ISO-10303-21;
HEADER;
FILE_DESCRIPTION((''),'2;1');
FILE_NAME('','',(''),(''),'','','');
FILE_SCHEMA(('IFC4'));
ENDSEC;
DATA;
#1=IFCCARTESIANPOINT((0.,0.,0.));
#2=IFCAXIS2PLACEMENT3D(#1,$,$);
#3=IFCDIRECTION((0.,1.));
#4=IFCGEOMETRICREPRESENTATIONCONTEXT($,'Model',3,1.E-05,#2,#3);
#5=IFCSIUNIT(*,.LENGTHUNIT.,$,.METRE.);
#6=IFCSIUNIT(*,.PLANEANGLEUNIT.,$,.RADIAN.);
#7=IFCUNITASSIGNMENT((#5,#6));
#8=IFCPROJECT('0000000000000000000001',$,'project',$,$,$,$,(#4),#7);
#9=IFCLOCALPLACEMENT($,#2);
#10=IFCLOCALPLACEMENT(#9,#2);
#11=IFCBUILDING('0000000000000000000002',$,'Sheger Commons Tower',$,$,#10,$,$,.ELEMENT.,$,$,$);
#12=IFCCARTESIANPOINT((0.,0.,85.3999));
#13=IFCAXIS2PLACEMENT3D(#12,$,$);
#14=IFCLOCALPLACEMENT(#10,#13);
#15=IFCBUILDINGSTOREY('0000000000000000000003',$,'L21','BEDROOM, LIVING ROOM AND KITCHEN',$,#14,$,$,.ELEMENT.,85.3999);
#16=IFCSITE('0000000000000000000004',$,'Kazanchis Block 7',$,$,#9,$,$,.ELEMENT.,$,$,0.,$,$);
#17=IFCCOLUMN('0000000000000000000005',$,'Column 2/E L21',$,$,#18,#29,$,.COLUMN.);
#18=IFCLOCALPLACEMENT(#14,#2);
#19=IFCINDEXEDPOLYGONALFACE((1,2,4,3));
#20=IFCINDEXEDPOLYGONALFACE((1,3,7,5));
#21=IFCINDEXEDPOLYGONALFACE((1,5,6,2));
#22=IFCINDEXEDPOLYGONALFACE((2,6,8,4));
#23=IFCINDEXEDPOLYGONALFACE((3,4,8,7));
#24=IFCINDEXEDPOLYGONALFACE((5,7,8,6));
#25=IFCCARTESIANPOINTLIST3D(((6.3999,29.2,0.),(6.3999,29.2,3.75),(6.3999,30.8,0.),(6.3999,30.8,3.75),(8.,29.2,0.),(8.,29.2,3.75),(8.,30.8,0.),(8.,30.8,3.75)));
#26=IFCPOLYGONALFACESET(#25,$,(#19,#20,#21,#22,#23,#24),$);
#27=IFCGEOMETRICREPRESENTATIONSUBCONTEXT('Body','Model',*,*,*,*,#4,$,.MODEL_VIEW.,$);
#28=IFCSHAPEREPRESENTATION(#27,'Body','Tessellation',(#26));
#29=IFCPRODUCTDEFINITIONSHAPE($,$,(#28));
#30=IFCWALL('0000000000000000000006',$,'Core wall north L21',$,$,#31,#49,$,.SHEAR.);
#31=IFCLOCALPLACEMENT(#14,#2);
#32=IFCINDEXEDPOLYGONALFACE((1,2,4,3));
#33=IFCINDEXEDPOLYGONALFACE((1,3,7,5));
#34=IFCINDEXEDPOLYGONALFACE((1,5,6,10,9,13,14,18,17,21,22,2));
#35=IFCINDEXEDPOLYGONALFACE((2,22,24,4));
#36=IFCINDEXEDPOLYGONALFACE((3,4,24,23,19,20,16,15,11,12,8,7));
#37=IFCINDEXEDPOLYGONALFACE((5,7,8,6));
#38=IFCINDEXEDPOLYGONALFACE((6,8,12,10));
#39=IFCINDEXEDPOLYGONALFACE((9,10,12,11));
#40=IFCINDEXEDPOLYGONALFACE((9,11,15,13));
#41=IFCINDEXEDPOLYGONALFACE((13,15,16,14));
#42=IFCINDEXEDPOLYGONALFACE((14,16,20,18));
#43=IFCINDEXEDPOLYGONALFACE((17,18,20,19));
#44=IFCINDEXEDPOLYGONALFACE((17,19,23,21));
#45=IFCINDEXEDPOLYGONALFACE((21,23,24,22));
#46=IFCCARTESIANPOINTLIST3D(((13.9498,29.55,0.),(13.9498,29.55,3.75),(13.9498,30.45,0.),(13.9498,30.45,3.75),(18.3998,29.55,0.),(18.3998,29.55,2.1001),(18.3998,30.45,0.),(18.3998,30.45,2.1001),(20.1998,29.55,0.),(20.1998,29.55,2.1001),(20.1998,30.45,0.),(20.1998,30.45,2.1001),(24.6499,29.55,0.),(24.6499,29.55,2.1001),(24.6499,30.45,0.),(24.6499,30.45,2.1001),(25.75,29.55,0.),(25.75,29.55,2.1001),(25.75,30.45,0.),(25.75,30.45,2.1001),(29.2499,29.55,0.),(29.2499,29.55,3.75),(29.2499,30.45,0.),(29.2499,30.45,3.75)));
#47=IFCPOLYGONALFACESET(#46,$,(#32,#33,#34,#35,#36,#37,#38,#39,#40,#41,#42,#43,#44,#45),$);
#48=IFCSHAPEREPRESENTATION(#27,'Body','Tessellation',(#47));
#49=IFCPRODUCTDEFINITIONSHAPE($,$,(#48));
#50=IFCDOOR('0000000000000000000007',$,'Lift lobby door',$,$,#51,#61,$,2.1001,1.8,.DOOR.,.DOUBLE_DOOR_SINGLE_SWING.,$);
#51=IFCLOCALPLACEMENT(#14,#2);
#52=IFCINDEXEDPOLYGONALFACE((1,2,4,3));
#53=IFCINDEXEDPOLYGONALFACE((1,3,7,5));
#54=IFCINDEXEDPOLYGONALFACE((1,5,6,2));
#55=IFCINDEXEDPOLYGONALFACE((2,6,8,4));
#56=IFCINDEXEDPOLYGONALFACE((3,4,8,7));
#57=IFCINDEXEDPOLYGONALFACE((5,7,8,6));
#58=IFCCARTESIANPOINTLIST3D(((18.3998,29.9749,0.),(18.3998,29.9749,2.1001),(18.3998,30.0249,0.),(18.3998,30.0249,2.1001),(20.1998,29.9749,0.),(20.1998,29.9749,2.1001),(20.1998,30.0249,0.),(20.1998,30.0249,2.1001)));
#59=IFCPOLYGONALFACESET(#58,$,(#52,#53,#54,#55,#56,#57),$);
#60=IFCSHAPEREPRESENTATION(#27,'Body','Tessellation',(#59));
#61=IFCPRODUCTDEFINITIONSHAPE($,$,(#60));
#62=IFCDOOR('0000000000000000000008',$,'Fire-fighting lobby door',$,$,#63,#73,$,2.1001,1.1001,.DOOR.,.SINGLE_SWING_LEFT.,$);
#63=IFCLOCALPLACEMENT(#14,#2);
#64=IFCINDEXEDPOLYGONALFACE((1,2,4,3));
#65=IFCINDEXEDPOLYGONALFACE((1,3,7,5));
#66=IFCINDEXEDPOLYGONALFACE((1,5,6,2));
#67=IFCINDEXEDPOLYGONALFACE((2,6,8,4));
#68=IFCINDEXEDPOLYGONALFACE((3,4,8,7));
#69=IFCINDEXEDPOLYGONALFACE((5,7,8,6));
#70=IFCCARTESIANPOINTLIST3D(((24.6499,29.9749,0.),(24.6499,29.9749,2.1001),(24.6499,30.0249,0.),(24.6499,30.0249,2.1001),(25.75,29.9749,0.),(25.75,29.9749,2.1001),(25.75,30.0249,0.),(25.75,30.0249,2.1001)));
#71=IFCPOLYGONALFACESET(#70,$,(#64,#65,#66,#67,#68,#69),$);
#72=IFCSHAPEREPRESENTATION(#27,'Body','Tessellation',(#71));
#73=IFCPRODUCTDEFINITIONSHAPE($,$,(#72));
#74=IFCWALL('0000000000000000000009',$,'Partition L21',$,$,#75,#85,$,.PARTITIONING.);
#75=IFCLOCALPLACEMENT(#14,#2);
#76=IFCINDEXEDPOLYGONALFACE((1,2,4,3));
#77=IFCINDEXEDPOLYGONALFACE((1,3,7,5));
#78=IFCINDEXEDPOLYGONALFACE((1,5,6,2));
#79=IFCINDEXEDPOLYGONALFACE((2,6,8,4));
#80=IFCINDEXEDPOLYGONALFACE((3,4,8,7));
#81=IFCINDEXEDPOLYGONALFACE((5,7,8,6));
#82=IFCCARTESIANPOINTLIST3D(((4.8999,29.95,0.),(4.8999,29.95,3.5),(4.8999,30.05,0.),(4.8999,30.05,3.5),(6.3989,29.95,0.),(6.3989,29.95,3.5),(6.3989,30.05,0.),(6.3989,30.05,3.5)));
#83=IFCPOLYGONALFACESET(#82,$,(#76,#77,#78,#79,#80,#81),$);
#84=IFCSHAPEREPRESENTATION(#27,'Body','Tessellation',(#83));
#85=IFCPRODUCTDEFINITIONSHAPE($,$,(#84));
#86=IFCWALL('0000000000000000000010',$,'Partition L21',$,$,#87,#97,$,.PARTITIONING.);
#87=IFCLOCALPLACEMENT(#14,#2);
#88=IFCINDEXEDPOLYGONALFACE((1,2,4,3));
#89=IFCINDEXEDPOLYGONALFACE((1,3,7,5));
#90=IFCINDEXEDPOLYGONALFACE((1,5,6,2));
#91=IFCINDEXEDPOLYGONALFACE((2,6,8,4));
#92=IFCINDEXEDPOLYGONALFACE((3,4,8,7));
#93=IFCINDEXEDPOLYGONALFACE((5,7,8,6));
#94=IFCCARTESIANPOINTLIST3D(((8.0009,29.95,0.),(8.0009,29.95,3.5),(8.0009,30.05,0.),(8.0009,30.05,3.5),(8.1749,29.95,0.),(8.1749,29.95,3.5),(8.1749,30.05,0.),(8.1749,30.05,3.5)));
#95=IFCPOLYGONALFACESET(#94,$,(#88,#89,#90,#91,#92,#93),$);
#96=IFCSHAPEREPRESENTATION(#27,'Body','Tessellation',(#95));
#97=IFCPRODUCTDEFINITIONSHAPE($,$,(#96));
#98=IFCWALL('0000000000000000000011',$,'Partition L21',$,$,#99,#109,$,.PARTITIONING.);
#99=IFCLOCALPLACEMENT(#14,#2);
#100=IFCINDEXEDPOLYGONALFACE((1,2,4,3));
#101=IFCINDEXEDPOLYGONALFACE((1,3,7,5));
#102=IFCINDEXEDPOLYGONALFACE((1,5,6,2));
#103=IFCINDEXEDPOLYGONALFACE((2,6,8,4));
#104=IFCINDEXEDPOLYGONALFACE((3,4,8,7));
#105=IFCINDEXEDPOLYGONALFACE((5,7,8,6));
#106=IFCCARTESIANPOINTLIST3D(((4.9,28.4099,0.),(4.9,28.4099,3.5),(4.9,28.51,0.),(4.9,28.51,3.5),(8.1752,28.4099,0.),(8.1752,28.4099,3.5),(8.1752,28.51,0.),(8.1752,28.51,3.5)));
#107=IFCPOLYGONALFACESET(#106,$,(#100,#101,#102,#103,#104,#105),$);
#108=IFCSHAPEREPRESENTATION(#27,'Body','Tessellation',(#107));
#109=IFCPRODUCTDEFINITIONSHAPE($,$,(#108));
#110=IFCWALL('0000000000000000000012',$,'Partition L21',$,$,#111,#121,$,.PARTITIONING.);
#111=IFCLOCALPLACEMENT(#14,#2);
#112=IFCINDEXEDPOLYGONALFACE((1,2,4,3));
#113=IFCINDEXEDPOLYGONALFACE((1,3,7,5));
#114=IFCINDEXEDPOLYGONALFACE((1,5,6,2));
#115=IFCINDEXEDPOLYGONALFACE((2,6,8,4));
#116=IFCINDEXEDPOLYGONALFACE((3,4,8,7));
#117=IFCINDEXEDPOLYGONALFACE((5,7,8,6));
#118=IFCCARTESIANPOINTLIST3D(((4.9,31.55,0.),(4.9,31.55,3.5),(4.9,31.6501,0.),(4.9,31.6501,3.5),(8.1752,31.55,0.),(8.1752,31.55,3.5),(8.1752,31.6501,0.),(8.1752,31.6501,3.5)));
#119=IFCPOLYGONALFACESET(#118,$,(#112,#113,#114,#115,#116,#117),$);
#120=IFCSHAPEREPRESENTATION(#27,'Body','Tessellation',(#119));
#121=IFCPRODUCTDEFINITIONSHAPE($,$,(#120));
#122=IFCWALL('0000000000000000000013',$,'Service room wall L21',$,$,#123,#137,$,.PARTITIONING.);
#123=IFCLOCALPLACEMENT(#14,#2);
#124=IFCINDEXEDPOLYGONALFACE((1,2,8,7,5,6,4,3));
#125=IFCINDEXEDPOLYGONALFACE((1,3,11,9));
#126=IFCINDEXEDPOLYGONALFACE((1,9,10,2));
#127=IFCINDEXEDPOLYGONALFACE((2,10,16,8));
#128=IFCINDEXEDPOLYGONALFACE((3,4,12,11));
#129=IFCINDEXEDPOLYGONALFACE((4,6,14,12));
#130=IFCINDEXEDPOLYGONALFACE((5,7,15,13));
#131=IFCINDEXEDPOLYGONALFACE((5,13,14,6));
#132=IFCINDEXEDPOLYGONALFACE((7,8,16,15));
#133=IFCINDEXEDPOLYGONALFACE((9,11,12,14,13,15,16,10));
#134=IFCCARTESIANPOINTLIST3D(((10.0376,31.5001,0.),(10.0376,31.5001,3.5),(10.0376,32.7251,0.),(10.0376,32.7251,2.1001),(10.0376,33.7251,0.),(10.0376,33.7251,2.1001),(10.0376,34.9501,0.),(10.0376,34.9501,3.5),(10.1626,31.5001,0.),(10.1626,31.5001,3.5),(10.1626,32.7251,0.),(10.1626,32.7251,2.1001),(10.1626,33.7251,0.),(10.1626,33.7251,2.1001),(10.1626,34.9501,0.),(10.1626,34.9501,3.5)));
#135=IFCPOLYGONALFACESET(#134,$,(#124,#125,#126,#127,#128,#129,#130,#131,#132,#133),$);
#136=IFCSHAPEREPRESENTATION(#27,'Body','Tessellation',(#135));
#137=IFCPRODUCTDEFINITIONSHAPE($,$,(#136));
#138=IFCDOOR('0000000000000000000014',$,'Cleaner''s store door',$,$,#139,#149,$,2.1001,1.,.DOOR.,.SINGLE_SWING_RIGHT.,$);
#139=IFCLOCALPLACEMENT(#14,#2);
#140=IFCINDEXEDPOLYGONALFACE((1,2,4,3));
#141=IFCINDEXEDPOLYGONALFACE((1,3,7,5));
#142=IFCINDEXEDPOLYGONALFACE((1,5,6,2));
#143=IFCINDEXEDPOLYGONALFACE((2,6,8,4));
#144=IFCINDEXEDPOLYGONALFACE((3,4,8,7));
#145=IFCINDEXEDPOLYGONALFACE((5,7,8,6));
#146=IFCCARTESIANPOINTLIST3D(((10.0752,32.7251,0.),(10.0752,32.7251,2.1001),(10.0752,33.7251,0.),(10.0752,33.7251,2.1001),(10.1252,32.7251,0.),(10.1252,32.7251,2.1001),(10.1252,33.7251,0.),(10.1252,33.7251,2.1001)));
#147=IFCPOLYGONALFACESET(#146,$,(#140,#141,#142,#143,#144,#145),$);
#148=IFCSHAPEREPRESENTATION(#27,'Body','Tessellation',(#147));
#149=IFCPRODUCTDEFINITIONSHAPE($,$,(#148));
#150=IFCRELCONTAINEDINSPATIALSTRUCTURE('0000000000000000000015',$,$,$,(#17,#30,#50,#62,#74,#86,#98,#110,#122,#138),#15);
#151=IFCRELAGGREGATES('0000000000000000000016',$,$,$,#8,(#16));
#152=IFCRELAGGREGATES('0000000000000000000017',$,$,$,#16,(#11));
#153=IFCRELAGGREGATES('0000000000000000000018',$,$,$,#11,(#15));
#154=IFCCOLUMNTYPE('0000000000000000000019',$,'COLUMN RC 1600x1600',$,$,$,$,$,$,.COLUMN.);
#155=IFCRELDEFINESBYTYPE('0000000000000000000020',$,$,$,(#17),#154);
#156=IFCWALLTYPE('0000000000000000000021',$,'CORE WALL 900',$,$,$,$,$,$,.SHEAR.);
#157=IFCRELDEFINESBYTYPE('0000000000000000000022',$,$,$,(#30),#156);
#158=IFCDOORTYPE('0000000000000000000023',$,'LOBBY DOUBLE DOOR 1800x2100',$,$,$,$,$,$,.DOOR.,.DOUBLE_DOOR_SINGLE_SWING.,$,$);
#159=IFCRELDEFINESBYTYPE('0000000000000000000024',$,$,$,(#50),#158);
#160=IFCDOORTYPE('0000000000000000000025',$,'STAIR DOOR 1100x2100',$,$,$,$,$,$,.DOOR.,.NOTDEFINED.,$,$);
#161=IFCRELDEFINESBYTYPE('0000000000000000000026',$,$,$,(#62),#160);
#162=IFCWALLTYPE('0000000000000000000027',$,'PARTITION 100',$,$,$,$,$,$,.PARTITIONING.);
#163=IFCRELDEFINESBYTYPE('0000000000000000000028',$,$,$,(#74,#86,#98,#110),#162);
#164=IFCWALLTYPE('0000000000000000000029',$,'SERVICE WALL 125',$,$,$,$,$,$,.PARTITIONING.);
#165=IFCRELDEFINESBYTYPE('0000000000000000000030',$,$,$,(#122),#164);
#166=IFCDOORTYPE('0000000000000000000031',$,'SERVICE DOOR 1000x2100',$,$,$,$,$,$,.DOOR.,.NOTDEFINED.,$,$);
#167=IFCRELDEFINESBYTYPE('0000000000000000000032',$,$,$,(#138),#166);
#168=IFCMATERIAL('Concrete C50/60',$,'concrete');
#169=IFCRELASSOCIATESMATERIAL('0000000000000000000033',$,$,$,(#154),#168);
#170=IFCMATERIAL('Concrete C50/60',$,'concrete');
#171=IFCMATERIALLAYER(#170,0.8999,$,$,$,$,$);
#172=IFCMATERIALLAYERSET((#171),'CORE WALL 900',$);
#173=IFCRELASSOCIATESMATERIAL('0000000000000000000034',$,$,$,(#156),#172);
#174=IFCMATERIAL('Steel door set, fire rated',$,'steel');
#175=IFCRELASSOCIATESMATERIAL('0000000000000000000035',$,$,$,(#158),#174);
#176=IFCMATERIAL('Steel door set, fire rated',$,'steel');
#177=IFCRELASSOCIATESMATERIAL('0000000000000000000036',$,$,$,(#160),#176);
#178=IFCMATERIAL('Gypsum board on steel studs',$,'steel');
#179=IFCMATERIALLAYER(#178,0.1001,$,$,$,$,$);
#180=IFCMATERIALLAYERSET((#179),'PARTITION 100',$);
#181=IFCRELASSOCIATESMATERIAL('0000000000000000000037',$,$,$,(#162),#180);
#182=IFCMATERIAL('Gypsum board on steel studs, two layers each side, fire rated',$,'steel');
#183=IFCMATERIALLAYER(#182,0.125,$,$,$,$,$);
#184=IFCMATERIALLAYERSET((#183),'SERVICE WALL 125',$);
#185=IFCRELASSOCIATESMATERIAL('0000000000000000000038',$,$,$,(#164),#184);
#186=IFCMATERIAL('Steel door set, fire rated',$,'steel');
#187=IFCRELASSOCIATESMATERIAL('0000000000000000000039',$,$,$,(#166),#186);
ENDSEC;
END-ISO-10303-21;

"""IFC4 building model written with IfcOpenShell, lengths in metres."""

from ifc_helpers import new_model, si_unit, direction, frame, frame_2d, origin, origin_2d, place, context, subcontext, project, spatial, rectangle, extrude, material, layer, layer_set, material_profile, profile_set, type_object, element, fill, save


model = new_model("IFC4")

# Units and contexts
model_context = context("Model", 3, precision=1e-05, world=origin(), true_north=direction((0.0, 1.0)))
body_context = subcontext(model_context, "Body", "Model", "MODEL_VIEW")
ifc_project = project(units=[si_unit("LENGTHUNIT", "METRE"), si_unit("PLANEANGLEUNIT", "RADIAN")], contexts=[model_context])

# Site, building, storey
site_placement = place(None, origin())
site = spatial("IfcSite", under=ifc_project, at=site_placement, Name="Kazanchis Block 7", CompositionType="ELEMENT", RefElevation=0.0)
building_placement = place(site_placement, origin())
building = spatial("IfcBuilding", under=site, at=building_placement, Name="Sheger Commons Tower", CompositionType="ELEMENT")
storey_placement = place(building_placement, frame((0.0, 0.0, 85.3999)))
storey = spatial("IfcBuildingStorey", under=building, at=storey_placement, Name="L21", Description="BEDROOM, LIVING ROOM AND KITCHEN", CompositionType="ELEMENT", Elevation=85.3999)

# Column
ifc_material_1 = material(Name="Concrete C50/60", Category="concrete")
ifc_material_profile = material_profile(ifc_material_1, rectangle(XDim=1.6001, YDim=1.6001, at=origin_2d()), Name="RC 1600x1600")
ifc_profile_set = profile_set([ifc_material_profile], Name="Concrete C50/60")
column_type = type_object("IfcColumnType", Name="COLUMN RC 1600x1600", PredefinedType="COLUMN", material=ifc_profile_set)
column_placement = place(storey_placement, frame((7.2, 30.0, 0.0), z_axis=(0.0, 0.0, 1.0), x_axis=(1.0, 0.0, 0.0)))
element("IfcColumn", 1, at=column_placement, inside=storey, type_object=column_type, Name="Column 2/E L21", PredefinedType="COLUMN", context=body_context, shape_type="SweptSolid", body=[
    extrude(rectangle(XDim=1.6001, YDim=1.6001, at=origin_2d()), origin(), (0.0, 0.0, 1.0), 3.75),
])

# Wall, openings, doors
ifc_material_2 = material(Name="Concrete C50/60", Category="concrete")
ifc_layer_1 = layer(ifc_material_2, 0.8999)
ifc_layer_set_1 = layer_set([ifc_layer_1], Name="CORE WALL 900")
wall_type_1 = type_object("IfcWallType", Name="CORE WALL 900", PredefinedType="SHEAR", material=ifc_layer_set_1)
wall_1_placement = place(storey_placement, frame((13.95, 30.0, 0.0), z_axis=(0.0, 0.0, 1.0), x_axis=(1.0, 0.0, 0.0)))
wall_1 = element("IfcWall", 2, at=wall_1_placement, inside=storey, type_object=wall_type_1, Name="Core wall north L21", PredefinedType="SHEAR", context=body_context, shape_type="SweptSolid", body=[
    extrude(rectangle(XDim=15.3, YDim=0.8999, at=frame_2d((7.6499, 0.0))), origin(), (0.0, 0.0, 1.0), 3.75),
])
opening_1_placement = place(wall_1_placement, frame((4.45, 0.0, 0.0)))
opening_1 = element("IfcOpeningElement", 3, at=opening_1_placement, cuts=wall_1, PredefinedType="OPENING", context=body_context, shape_type="SweptSolid", body=[
    extrude(rectangle(XDim=1.8, YDim=2.1001, at=frame_2d((0.8999, 1.05))), frame((0.0, 0.46, 0.0), z_axis=(0.0, -1.0, 0.0), x_axis=(1.0, 0.0, 0.0)), (0.0, 0.0, 1.0), 0.9199),
])
opening_2_placement = place(wall_1_placement, frame((10.7, 0.0, 0.0)))
opening_2 = element("IfcOpeningElement", 4, at=opening_2_placement, cuts=wall_1, PredefinedType="OPENING", context=body_context, shape_type="SweptSolid", body=[
    extrude(rectangle(XDim=1.1001, YDim=2.1001, at=frame_2d((0.55, 1.05))), frame((0.0, 0.46, 0.0), z_axis=(0.0, -1.0, 0.0), x_axis=(1.0, 0.0, 0.0)), (0.0, 0.0, 1.0), 0.9199),
])
ifc_material_3 = material(Name="Steel door set, fire rated", Category="steel")
door_type_1 = type_object("IfcDoorType", Name="LOBBY DOUBLE DOOR 1800x2100", OperationType="DOUBLE_DOOR_SINGLE_SWING", PredefinedType="DOOR", material=ifc_material_3)
door_1_placement = place(opening_1_placement, origin())
door_1 = element("IfcDoor", 5, at=door_1_placement, inside=storey, type_object=door_type_1, Name="Lift lobby door", OperationType="DOUBLE_DOOR_SINGLE_SWING", OverallHeight=2.1001, OverallWidth=1.8, PredefinedType="DOOR", context=body_context, shape_type="SweptSolid", body=[
    extrude(rectangle(XDim=1.8, YDim=2.1001, at=frame_2d((0.8999, 1.05))), frame((0.0, 0.0249, 0.0), z_axis=(0.0, -1.0, 0.0), x_axis=(1.0, 0.0, 0.0)), (0.0, 0.0, 1.0), 0.05),
])
fill(opening_1, door_1)
ifc_material_4 = material(Name="Steel door set, fire rated", Category="steel")
door_type_2 = type_object("IfcDoorType", Name="STAIR DOOR 1100x2100", OperationType="NOTDEFINED", PredefinedType="DOOR", material=ifc_material_4)
door_2_placement = place(opening_2_placement, origin())
door_2 = element("IfcDoor", 6, at=door_2_placement, inside=storey, type_object=door_type_2, Name="Fire-fighting lobby door", OperationType="SINGLE_SWING_LEFT", OverallHeight=2.1001, OverallWidth=1.1001, PredefinedType="DOOR", context=body_context, shape_type="SweptSolid", body=[
    extrude(rectangle(XDim=1.1001, YDim=2.1001, at=frame_2d((0.55, 1.05))), frame((0.0, 0.0249, 0.0), z_axis=(0.0, -1.0, 0.0), x_axis=(1.0, 0.0, 0.0)), (0.0, 0.0, 1.0), 0.05),
])
fill(opening_2, door_2)

# Walls
ifc_material_5 = material(Name="Gypsum board on steel studs", Category="steel")
ifc_layer_2 = layer(ifc_material_5, 0.1001)
ifc_layer_set_2 = layer_set([ifc_layer_2], Name="PARTITION 100")
wall_type_2 = type_object("IfcWallType", Name="PARTITION 100", PredefinedType="PARTITIONING", material=ifc_layer_set_2)
wall_2_placement = place(storey_placement, frame((4.8999, 30.0, 0.0), z_axis=(0.0, 0.0, 1.0), x_axis=(1.0, 0.0, 0.0)))
element("IfcWall", 7, at=wall_2_placement, inside=storey, type_object=wall_type_2, Name="Partition L21", PredefinedType="PARTITIONING", context=body_context, shape_type="SweptSolid", body=[
    extrude(rectangle(XDim=1.499, YDim=0.1001, at=frame_2d((0.7495, 0.0))), origin(), (0.0, 0.0, 1.0), 3.5),
])
wall_3_placement = place(storey_placement, frame((8.001, 30.0, 0.0), z_axis=(0.0, 0.0, 1.0), x_axis=(1.0, 0.0, 0.0)))
element("IfcWall", 8, at=wall_3_placement, inside=storey, type_object=wall_type_2, Name="Partition L21", PredefinedType="PARTITIONING", context=body_context, shape_type="SweptSolid", body=[
    extrude(rectangle(XDim=0.1741, YDim=0.1001, at=frame_2d((0.0869, 0.0))), origin(), (0.0, 0.0, 1.0), 3.5),
])
for number, where, z_axis, x_axis, name in (
    (9, (4.8999, 28.46, 0.0), (0.0, 0.0, 1.0), (1.0, 0.0, 0.0), "Partition L21"),
    (10, (4.8999, 31.6001, 0.0), (0.0, 0.0, 1.0), (1.0, 0.0, 0.0), "Partition L21"),
):
    element("IfcWall", number, at=place(storey_placement, frame(where, z_axis=z_axis, x_axis=x_axis)), inside=storey, type_object=wall_type_2, Name=name, PredefinedType="PARTITIONING", context=body_context, shape_type="SweptSolid", body=[
        extrude(rectangle(XDim=3.2751, YDim=0.1001, at=frame_2d((1.6377, 0.0))), origin(), (0.0, 0.0, 1.0), 3.5),
    ])

# Wall, opening, door
ifc_material_6 = material(Name="Gypsum board on steel studs, two layers each side, fire rated", Category="steel")
ifc_layer_3 = layer(ifc_material_6, 0.125)
ifc_layer_set_3 = layer_set([ifc_layer_3], Name="SERVICE WALL 125")
wall_type_3 = type_object("IfcWallType", Name="SERVICE WALL 125", PredefinedType="PARTITIONING", material=ifc_layer_set_3)
wall_4_placement = place(storey_placement, frame((10.1001, 31.5, 0.0), z_axis=(0.0, 0.0, 1.0), x_axis=(0.0, 1.0, 0.0)))
wall_4 = element("IfcWall", 11, at=wall_4_placement, inside=storey, type_object=wall_type_3, Name="Service room wall L21", PredefinedType="PARTITIONING", context=body_context, shape_type="SweptSolid", body=[
    extrude(rectangle(XDim=3.45, YDim=0.125, at=frame_2d((1.7251, 0.0))), origin(), (0.0, 0.0, 1.0), 3.5),
])
opening_3_placement = place(wall_4_placement, frame((1.2251, 0.0, 0.0)))
opening_3 = element("IfcOpeningElement", 12, at=opening_3_placement, cuts=wall_4, PredefinedType="OPENING", context=body_context, shape_type="SweptSolid", body=[
    extrude(rectangle(XDim=1.0, YDim=2.1001, at=frame_2d((0.5, 1.05))), frame((0.0, 0.0725, 0.0), z_axis=(0.0, -1.0, 0.0), x_axis=(1.0, 0.0, 0.0)), (0.0, 0.0, 1.0), 0.145),
])
ifc_material_7 = material(Name="Steel door set, fire rated", Category="steel")
door_type_3 = type_object("IfcDoorType", Name="SERVICE DOOR 1000x2100", OperationType="NOTDEFINED", PredefinedType="DOOR", material=ifc_material_7)
door_3_placement = place(opening_3_placement, origin())
door_3 = element("IfcDoor", 13, at=door_3_placement, inside=storey, type_object=door_type_3, Name="Cleaner's store door", OperationType="SINGLE_SWING_RIGHT", OverallHeight=2.1001, OverallWidth=1.0, PredefinedType="DOOR", context=body_context, shape_type="SweptSolid", body=[
    extrude(rectangle(XDim=1.0, YDim=2.1001, at=frame_2d((0.5, 1.05))), frame((0.0, 0.0249, 0.0), z_axis=(0.0, -1.0, 0.0), x_axis=(1.0, 0.0, 0.0)), (0.0, 0.0, 1.0), 0.05),
])
fill(opening_3, door_3)

save(model, "model.ifc")
